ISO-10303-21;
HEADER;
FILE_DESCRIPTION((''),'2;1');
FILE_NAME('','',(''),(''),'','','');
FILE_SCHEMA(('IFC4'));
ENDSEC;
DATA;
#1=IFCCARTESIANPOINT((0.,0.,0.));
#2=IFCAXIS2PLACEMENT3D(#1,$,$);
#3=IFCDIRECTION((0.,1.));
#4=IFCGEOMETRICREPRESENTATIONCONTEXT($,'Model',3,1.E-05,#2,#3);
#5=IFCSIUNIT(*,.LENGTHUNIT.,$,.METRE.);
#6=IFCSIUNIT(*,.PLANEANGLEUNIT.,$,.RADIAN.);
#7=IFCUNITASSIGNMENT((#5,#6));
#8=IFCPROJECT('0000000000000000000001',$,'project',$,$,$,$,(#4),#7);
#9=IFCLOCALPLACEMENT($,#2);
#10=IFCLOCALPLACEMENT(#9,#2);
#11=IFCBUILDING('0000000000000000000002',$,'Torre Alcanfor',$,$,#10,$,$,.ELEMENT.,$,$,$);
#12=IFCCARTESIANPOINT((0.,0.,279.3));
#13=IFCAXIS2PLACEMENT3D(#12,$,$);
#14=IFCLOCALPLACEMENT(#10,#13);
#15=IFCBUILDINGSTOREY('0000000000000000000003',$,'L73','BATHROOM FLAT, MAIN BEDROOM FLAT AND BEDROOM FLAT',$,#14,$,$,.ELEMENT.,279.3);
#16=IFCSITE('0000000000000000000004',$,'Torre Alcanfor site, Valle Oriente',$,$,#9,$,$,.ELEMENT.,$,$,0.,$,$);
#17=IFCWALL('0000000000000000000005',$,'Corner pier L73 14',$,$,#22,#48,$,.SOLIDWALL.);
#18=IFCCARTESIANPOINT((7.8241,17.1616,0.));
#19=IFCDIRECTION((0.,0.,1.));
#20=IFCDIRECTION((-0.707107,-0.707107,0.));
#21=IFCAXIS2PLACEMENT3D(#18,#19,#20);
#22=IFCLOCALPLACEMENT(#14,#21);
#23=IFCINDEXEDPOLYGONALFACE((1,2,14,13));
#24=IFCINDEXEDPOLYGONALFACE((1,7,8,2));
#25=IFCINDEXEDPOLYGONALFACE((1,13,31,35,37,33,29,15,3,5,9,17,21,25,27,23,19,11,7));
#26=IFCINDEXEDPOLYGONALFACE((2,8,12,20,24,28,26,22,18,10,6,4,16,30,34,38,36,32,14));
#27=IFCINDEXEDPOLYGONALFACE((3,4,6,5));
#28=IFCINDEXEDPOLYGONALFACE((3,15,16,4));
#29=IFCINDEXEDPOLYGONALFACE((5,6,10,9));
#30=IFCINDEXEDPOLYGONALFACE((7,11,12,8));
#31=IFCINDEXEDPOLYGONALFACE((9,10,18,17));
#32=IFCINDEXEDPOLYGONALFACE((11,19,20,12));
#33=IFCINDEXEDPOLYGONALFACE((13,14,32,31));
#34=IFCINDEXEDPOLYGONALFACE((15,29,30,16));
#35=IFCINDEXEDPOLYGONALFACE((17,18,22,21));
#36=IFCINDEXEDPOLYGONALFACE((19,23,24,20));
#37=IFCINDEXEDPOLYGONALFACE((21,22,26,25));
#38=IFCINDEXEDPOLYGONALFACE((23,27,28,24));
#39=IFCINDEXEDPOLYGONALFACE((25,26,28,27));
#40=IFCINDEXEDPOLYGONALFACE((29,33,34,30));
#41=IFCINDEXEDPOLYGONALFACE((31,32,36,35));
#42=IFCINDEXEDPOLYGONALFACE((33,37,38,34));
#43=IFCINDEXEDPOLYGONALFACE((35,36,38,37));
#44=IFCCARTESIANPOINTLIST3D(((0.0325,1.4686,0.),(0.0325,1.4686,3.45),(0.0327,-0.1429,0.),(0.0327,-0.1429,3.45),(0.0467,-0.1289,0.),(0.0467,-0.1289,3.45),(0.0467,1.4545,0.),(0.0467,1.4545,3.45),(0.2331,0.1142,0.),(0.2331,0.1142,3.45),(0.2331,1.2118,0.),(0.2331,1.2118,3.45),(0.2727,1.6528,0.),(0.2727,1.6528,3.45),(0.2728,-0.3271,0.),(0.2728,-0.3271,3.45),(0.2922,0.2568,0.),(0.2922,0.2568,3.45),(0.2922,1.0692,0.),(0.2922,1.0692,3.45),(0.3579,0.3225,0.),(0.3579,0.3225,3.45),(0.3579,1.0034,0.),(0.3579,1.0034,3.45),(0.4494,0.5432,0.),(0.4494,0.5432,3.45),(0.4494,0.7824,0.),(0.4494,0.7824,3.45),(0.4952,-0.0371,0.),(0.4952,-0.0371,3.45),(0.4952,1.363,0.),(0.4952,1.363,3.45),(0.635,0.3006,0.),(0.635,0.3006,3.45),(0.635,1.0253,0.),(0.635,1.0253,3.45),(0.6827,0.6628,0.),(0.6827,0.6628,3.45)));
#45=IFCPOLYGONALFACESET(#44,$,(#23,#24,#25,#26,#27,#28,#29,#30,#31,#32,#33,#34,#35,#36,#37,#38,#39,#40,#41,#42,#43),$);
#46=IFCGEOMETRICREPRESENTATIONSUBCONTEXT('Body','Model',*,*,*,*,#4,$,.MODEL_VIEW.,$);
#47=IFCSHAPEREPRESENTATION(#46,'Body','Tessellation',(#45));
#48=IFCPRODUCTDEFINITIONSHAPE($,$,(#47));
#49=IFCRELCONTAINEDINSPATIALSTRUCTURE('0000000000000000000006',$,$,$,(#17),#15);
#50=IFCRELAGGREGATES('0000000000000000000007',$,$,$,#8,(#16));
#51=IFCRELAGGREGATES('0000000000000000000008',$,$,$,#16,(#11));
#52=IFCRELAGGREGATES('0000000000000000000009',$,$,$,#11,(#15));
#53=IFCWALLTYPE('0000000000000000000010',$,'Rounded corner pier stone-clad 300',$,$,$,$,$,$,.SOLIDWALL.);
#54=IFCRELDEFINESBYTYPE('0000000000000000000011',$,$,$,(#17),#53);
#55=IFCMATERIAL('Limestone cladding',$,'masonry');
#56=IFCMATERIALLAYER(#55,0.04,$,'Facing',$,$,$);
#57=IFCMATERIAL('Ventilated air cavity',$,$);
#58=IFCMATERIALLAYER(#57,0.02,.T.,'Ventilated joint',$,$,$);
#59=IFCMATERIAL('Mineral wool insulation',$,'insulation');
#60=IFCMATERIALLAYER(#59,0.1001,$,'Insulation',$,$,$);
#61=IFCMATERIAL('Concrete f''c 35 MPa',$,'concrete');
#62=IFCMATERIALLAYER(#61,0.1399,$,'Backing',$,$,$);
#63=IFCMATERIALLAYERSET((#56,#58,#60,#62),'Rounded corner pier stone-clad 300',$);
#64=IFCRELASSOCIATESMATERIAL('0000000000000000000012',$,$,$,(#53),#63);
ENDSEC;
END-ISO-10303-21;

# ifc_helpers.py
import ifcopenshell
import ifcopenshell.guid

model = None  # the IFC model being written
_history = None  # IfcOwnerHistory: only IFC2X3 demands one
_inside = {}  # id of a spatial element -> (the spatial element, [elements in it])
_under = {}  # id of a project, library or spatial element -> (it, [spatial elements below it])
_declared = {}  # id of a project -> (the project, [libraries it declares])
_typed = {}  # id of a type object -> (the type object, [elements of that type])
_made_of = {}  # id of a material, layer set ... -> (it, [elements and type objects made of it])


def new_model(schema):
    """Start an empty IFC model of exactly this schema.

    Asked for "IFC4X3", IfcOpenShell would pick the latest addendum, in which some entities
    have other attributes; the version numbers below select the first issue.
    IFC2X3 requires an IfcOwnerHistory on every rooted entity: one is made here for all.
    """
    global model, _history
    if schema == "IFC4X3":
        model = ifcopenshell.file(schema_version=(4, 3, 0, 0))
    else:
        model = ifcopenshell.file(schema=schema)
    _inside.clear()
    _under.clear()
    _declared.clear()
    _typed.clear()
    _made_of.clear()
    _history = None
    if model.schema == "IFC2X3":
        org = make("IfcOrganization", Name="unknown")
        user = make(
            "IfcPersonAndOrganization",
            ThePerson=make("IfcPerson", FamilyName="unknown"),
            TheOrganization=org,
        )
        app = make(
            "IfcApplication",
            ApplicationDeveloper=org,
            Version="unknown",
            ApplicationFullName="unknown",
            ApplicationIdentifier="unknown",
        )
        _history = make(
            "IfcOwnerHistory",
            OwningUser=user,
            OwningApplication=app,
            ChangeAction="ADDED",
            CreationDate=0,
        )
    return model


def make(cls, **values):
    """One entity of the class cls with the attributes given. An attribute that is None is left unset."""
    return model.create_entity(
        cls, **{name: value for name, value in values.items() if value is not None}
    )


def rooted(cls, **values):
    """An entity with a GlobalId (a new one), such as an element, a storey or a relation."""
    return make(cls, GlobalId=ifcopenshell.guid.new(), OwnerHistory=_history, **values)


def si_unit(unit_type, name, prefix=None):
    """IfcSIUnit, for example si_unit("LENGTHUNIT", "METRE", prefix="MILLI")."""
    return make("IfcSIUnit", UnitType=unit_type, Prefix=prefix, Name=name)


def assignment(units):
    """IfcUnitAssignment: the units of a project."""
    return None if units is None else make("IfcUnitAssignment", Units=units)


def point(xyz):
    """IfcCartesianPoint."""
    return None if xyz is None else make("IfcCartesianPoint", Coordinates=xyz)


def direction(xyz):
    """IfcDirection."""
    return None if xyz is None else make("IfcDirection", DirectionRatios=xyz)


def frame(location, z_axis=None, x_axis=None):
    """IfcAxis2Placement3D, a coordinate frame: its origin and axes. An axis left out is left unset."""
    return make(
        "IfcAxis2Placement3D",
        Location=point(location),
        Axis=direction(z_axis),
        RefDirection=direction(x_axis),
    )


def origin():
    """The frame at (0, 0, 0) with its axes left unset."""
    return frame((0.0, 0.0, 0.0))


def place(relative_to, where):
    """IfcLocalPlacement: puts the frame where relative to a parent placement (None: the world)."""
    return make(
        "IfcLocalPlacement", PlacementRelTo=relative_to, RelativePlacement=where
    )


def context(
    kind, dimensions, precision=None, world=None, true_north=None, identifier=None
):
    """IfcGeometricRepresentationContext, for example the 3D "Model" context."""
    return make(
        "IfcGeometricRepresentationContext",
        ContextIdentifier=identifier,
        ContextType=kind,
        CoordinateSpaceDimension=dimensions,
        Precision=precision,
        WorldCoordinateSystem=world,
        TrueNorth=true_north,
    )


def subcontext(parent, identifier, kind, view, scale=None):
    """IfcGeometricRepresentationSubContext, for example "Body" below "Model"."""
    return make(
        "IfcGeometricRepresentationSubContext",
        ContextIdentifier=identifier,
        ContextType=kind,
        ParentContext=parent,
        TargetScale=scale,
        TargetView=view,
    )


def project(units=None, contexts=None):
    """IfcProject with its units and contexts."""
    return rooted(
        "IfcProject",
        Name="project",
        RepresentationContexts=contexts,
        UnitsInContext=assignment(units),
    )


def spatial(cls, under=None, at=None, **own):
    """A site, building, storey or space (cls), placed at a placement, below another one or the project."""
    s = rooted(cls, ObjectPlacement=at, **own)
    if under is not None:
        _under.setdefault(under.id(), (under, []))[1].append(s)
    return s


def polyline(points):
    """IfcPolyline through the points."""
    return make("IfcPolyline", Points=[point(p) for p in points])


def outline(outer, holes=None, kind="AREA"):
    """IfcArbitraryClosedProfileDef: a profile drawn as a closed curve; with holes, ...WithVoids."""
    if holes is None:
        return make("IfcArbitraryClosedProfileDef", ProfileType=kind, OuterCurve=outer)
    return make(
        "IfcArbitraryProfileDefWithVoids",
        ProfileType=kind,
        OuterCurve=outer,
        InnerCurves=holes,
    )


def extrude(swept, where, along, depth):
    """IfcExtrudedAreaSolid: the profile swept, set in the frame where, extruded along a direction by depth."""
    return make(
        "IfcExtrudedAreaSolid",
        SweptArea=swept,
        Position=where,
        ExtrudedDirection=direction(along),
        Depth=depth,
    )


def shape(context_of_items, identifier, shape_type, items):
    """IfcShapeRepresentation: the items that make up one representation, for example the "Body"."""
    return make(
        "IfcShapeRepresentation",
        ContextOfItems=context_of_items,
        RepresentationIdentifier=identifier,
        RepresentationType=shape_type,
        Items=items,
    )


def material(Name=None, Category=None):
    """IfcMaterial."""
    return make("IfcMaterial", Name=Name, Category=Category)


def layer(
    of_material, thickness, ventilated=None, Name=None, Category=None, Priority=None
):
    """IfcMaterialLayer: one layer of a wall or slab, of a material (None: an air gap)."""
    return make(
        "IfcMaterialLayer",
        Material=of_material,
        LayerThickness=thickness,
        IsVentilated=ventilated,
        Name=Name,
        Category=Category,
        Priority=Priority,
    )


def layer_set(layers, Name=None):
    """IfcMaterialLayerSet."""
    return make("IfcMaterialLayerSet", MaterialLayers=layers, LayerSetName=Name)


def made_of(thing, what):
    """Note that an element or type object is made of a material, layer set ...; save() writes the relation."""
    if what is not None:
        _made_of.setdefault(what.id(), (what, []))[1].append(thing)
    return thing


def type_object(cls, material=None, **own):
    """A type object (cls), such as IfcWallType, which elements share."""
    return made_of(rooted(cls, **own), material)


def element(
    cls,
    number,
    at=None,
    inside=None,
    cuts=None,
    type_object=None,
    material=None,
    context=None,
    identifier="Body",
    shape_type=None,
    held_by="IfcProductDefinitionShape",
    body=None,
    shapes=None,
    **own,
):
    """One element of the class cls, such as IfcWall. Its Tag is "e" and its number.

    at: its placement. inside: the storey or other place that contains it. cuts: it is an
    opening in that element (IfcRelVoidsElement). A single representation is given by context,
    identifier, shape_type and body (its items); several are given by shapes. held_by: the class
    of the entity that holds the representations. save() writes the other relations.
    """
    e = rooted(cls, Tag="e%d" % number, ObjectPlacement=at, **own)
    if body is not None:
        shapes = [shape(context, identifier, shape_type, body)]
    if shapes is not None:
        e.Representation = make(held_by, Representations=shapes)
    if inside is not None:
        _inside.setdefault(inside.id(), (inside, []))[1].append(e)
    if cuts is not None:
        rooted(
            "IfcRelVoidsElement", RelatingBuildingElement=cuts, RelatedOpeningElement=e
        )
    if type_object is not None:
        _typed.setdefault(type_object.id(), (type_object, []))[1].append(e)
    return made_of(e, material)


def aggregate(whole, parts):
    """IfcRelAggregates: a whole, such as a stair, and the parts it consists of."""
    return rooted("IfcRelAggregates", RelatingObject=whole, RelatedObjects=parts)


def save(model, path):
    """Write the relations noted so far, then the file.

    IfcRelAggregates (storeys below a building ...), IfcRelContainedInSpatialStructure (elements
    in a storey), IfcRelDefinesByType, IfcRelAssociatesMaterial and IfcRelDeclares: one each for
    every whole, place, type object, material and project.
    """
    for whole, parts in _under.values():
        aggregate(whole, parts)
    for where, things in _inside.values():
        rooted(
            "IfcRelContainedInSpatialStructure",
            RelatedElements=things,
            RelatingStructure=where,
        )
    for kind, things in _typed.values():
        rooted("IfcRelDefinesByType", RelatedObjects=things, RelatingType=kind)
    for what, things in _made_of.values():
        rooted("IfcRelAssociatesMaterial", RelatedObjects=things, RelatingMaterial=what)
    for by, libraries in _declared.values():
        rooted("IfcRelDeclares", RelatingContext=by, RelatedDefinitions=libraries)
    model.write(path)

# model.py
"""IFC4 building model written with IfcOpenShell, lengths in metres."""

from ifc_helpers import new_model, si_unit, direction, frame, origin, place, context, subcontext, project, spatial, polyline, outline, extrude, material, layer, layer_set, type_object, element, save


model = new_model("IFC4")

# Units and contexts
model_context = context("Model", 3, precision=1e-05, world=origin(), true_north=direction((0.0, 1.0)))
body_context = subcontext(model_context, "Body", "Model", "MODEL_VIEW")
ifc_project = project(units=[si_unit("LENGTHUNIT", "METRE"), si_unit("PLANEANGLEUNIT", "RADIAN")], contexts=[model_context])

# Site, building, storey
site_placement = place(None, origin())
site = spatial("IfcSite", under=ifc_project, at=site_placement, Name="Torre Alcanfor site, Valle Oriente", CompositionType="ELEMENT", RefElevation=0.0)
building_placement = place(site_placement, origin())
building = spatial("IfcBuilding", under=site, at=building_placement, Name="Torre Alcanfor", CompositionType="ELEMENT")
storey_placement = place(building_placement, frame((0.0, 0.0, 279.3)))
storey = spatial("IfcBuildingStorey", under=building, at=storey_placement, Name="L73", Description="BATHROOM FLAT, MAIN BEDROOM FLAT AND BEDROOM FLAT", CompositionType="ELEMENT", Elevation=279.3)

# Wall
ifc_material_1 = material(Name="Limestone cladding", Category="masonry")
ifc_layer_1 = layer(ifc_material_1, 0.04, Name="Facing")
ifc_material_2 = material(Name="Ventilated air cavity")
ifc_layer_2 = layer(ifc_material_2, 0.02, ventilated=True, Name="Ventilated joint")
ifc_material_3 = material(Name="Mineral wool insulation", Category="insulation")
ifc_layer_3 = layer(ifc_material_3, 0.1001, Name="Insulation")
ifc_material_4 = material(Name="Concrete f'c 35 MPa", Category="concrete")
ifc_layer_4 = layer(ifc_material_4, 0.1399, Name="Backing")
ifc_layer_set_1 = layer_set([ifc_layer_1, ifc_layer_2, ifc_layer_3, ifc_layer_4], Name="Rounded corner pier stone-clad 300")
wall_type_1 = type_object("IfcWallType", Name="Rounded corner pier stone-clad 300", PredefinedType="SOLIDWALL", material=ifc_layer_set_1)
wall_1_placement = place(storey_placement, frame((7.8241, 17.1616, 0.0), z_axis=(0.0, 0.0, 1.0), x_axis=(-0.707107, -0.707107, 0.0)))
element("IfcWall", 1, at=wall_1_placement, inside=storey, type_object=wall_type_1, Name="Corner pier L73 14", PredefinedType="SOLIDWALL", context=body_context, shape_type="SweptSolid", body=[
    extrude(outline(polyline([(0.0467, 1.4545), (0.2331, 1.2118), (0.2922, 1.0692), (0.3579, 1.0034), (0.4494, 0.7824), (0.4494, 0.5432), (0.3579, 0.3225), (0.2922, 0.2568), (0.2331, 0.1142), (0.0467, -0.1289), (0.0327, -0.1429), (0.2728, -0.3271), (0.4952, -0.0371), (0.635, 0.3006), (0.6827, 0.6628), (0.635, 1.0253), (0.4952, 1.363), (0.2727, 1.6528), (0.0325, 1.4686), (0.0467, 1.4545)])), origin(), (0.0, 0.0, 1.0), 3.45),
])

save(model, "model.ifc")
